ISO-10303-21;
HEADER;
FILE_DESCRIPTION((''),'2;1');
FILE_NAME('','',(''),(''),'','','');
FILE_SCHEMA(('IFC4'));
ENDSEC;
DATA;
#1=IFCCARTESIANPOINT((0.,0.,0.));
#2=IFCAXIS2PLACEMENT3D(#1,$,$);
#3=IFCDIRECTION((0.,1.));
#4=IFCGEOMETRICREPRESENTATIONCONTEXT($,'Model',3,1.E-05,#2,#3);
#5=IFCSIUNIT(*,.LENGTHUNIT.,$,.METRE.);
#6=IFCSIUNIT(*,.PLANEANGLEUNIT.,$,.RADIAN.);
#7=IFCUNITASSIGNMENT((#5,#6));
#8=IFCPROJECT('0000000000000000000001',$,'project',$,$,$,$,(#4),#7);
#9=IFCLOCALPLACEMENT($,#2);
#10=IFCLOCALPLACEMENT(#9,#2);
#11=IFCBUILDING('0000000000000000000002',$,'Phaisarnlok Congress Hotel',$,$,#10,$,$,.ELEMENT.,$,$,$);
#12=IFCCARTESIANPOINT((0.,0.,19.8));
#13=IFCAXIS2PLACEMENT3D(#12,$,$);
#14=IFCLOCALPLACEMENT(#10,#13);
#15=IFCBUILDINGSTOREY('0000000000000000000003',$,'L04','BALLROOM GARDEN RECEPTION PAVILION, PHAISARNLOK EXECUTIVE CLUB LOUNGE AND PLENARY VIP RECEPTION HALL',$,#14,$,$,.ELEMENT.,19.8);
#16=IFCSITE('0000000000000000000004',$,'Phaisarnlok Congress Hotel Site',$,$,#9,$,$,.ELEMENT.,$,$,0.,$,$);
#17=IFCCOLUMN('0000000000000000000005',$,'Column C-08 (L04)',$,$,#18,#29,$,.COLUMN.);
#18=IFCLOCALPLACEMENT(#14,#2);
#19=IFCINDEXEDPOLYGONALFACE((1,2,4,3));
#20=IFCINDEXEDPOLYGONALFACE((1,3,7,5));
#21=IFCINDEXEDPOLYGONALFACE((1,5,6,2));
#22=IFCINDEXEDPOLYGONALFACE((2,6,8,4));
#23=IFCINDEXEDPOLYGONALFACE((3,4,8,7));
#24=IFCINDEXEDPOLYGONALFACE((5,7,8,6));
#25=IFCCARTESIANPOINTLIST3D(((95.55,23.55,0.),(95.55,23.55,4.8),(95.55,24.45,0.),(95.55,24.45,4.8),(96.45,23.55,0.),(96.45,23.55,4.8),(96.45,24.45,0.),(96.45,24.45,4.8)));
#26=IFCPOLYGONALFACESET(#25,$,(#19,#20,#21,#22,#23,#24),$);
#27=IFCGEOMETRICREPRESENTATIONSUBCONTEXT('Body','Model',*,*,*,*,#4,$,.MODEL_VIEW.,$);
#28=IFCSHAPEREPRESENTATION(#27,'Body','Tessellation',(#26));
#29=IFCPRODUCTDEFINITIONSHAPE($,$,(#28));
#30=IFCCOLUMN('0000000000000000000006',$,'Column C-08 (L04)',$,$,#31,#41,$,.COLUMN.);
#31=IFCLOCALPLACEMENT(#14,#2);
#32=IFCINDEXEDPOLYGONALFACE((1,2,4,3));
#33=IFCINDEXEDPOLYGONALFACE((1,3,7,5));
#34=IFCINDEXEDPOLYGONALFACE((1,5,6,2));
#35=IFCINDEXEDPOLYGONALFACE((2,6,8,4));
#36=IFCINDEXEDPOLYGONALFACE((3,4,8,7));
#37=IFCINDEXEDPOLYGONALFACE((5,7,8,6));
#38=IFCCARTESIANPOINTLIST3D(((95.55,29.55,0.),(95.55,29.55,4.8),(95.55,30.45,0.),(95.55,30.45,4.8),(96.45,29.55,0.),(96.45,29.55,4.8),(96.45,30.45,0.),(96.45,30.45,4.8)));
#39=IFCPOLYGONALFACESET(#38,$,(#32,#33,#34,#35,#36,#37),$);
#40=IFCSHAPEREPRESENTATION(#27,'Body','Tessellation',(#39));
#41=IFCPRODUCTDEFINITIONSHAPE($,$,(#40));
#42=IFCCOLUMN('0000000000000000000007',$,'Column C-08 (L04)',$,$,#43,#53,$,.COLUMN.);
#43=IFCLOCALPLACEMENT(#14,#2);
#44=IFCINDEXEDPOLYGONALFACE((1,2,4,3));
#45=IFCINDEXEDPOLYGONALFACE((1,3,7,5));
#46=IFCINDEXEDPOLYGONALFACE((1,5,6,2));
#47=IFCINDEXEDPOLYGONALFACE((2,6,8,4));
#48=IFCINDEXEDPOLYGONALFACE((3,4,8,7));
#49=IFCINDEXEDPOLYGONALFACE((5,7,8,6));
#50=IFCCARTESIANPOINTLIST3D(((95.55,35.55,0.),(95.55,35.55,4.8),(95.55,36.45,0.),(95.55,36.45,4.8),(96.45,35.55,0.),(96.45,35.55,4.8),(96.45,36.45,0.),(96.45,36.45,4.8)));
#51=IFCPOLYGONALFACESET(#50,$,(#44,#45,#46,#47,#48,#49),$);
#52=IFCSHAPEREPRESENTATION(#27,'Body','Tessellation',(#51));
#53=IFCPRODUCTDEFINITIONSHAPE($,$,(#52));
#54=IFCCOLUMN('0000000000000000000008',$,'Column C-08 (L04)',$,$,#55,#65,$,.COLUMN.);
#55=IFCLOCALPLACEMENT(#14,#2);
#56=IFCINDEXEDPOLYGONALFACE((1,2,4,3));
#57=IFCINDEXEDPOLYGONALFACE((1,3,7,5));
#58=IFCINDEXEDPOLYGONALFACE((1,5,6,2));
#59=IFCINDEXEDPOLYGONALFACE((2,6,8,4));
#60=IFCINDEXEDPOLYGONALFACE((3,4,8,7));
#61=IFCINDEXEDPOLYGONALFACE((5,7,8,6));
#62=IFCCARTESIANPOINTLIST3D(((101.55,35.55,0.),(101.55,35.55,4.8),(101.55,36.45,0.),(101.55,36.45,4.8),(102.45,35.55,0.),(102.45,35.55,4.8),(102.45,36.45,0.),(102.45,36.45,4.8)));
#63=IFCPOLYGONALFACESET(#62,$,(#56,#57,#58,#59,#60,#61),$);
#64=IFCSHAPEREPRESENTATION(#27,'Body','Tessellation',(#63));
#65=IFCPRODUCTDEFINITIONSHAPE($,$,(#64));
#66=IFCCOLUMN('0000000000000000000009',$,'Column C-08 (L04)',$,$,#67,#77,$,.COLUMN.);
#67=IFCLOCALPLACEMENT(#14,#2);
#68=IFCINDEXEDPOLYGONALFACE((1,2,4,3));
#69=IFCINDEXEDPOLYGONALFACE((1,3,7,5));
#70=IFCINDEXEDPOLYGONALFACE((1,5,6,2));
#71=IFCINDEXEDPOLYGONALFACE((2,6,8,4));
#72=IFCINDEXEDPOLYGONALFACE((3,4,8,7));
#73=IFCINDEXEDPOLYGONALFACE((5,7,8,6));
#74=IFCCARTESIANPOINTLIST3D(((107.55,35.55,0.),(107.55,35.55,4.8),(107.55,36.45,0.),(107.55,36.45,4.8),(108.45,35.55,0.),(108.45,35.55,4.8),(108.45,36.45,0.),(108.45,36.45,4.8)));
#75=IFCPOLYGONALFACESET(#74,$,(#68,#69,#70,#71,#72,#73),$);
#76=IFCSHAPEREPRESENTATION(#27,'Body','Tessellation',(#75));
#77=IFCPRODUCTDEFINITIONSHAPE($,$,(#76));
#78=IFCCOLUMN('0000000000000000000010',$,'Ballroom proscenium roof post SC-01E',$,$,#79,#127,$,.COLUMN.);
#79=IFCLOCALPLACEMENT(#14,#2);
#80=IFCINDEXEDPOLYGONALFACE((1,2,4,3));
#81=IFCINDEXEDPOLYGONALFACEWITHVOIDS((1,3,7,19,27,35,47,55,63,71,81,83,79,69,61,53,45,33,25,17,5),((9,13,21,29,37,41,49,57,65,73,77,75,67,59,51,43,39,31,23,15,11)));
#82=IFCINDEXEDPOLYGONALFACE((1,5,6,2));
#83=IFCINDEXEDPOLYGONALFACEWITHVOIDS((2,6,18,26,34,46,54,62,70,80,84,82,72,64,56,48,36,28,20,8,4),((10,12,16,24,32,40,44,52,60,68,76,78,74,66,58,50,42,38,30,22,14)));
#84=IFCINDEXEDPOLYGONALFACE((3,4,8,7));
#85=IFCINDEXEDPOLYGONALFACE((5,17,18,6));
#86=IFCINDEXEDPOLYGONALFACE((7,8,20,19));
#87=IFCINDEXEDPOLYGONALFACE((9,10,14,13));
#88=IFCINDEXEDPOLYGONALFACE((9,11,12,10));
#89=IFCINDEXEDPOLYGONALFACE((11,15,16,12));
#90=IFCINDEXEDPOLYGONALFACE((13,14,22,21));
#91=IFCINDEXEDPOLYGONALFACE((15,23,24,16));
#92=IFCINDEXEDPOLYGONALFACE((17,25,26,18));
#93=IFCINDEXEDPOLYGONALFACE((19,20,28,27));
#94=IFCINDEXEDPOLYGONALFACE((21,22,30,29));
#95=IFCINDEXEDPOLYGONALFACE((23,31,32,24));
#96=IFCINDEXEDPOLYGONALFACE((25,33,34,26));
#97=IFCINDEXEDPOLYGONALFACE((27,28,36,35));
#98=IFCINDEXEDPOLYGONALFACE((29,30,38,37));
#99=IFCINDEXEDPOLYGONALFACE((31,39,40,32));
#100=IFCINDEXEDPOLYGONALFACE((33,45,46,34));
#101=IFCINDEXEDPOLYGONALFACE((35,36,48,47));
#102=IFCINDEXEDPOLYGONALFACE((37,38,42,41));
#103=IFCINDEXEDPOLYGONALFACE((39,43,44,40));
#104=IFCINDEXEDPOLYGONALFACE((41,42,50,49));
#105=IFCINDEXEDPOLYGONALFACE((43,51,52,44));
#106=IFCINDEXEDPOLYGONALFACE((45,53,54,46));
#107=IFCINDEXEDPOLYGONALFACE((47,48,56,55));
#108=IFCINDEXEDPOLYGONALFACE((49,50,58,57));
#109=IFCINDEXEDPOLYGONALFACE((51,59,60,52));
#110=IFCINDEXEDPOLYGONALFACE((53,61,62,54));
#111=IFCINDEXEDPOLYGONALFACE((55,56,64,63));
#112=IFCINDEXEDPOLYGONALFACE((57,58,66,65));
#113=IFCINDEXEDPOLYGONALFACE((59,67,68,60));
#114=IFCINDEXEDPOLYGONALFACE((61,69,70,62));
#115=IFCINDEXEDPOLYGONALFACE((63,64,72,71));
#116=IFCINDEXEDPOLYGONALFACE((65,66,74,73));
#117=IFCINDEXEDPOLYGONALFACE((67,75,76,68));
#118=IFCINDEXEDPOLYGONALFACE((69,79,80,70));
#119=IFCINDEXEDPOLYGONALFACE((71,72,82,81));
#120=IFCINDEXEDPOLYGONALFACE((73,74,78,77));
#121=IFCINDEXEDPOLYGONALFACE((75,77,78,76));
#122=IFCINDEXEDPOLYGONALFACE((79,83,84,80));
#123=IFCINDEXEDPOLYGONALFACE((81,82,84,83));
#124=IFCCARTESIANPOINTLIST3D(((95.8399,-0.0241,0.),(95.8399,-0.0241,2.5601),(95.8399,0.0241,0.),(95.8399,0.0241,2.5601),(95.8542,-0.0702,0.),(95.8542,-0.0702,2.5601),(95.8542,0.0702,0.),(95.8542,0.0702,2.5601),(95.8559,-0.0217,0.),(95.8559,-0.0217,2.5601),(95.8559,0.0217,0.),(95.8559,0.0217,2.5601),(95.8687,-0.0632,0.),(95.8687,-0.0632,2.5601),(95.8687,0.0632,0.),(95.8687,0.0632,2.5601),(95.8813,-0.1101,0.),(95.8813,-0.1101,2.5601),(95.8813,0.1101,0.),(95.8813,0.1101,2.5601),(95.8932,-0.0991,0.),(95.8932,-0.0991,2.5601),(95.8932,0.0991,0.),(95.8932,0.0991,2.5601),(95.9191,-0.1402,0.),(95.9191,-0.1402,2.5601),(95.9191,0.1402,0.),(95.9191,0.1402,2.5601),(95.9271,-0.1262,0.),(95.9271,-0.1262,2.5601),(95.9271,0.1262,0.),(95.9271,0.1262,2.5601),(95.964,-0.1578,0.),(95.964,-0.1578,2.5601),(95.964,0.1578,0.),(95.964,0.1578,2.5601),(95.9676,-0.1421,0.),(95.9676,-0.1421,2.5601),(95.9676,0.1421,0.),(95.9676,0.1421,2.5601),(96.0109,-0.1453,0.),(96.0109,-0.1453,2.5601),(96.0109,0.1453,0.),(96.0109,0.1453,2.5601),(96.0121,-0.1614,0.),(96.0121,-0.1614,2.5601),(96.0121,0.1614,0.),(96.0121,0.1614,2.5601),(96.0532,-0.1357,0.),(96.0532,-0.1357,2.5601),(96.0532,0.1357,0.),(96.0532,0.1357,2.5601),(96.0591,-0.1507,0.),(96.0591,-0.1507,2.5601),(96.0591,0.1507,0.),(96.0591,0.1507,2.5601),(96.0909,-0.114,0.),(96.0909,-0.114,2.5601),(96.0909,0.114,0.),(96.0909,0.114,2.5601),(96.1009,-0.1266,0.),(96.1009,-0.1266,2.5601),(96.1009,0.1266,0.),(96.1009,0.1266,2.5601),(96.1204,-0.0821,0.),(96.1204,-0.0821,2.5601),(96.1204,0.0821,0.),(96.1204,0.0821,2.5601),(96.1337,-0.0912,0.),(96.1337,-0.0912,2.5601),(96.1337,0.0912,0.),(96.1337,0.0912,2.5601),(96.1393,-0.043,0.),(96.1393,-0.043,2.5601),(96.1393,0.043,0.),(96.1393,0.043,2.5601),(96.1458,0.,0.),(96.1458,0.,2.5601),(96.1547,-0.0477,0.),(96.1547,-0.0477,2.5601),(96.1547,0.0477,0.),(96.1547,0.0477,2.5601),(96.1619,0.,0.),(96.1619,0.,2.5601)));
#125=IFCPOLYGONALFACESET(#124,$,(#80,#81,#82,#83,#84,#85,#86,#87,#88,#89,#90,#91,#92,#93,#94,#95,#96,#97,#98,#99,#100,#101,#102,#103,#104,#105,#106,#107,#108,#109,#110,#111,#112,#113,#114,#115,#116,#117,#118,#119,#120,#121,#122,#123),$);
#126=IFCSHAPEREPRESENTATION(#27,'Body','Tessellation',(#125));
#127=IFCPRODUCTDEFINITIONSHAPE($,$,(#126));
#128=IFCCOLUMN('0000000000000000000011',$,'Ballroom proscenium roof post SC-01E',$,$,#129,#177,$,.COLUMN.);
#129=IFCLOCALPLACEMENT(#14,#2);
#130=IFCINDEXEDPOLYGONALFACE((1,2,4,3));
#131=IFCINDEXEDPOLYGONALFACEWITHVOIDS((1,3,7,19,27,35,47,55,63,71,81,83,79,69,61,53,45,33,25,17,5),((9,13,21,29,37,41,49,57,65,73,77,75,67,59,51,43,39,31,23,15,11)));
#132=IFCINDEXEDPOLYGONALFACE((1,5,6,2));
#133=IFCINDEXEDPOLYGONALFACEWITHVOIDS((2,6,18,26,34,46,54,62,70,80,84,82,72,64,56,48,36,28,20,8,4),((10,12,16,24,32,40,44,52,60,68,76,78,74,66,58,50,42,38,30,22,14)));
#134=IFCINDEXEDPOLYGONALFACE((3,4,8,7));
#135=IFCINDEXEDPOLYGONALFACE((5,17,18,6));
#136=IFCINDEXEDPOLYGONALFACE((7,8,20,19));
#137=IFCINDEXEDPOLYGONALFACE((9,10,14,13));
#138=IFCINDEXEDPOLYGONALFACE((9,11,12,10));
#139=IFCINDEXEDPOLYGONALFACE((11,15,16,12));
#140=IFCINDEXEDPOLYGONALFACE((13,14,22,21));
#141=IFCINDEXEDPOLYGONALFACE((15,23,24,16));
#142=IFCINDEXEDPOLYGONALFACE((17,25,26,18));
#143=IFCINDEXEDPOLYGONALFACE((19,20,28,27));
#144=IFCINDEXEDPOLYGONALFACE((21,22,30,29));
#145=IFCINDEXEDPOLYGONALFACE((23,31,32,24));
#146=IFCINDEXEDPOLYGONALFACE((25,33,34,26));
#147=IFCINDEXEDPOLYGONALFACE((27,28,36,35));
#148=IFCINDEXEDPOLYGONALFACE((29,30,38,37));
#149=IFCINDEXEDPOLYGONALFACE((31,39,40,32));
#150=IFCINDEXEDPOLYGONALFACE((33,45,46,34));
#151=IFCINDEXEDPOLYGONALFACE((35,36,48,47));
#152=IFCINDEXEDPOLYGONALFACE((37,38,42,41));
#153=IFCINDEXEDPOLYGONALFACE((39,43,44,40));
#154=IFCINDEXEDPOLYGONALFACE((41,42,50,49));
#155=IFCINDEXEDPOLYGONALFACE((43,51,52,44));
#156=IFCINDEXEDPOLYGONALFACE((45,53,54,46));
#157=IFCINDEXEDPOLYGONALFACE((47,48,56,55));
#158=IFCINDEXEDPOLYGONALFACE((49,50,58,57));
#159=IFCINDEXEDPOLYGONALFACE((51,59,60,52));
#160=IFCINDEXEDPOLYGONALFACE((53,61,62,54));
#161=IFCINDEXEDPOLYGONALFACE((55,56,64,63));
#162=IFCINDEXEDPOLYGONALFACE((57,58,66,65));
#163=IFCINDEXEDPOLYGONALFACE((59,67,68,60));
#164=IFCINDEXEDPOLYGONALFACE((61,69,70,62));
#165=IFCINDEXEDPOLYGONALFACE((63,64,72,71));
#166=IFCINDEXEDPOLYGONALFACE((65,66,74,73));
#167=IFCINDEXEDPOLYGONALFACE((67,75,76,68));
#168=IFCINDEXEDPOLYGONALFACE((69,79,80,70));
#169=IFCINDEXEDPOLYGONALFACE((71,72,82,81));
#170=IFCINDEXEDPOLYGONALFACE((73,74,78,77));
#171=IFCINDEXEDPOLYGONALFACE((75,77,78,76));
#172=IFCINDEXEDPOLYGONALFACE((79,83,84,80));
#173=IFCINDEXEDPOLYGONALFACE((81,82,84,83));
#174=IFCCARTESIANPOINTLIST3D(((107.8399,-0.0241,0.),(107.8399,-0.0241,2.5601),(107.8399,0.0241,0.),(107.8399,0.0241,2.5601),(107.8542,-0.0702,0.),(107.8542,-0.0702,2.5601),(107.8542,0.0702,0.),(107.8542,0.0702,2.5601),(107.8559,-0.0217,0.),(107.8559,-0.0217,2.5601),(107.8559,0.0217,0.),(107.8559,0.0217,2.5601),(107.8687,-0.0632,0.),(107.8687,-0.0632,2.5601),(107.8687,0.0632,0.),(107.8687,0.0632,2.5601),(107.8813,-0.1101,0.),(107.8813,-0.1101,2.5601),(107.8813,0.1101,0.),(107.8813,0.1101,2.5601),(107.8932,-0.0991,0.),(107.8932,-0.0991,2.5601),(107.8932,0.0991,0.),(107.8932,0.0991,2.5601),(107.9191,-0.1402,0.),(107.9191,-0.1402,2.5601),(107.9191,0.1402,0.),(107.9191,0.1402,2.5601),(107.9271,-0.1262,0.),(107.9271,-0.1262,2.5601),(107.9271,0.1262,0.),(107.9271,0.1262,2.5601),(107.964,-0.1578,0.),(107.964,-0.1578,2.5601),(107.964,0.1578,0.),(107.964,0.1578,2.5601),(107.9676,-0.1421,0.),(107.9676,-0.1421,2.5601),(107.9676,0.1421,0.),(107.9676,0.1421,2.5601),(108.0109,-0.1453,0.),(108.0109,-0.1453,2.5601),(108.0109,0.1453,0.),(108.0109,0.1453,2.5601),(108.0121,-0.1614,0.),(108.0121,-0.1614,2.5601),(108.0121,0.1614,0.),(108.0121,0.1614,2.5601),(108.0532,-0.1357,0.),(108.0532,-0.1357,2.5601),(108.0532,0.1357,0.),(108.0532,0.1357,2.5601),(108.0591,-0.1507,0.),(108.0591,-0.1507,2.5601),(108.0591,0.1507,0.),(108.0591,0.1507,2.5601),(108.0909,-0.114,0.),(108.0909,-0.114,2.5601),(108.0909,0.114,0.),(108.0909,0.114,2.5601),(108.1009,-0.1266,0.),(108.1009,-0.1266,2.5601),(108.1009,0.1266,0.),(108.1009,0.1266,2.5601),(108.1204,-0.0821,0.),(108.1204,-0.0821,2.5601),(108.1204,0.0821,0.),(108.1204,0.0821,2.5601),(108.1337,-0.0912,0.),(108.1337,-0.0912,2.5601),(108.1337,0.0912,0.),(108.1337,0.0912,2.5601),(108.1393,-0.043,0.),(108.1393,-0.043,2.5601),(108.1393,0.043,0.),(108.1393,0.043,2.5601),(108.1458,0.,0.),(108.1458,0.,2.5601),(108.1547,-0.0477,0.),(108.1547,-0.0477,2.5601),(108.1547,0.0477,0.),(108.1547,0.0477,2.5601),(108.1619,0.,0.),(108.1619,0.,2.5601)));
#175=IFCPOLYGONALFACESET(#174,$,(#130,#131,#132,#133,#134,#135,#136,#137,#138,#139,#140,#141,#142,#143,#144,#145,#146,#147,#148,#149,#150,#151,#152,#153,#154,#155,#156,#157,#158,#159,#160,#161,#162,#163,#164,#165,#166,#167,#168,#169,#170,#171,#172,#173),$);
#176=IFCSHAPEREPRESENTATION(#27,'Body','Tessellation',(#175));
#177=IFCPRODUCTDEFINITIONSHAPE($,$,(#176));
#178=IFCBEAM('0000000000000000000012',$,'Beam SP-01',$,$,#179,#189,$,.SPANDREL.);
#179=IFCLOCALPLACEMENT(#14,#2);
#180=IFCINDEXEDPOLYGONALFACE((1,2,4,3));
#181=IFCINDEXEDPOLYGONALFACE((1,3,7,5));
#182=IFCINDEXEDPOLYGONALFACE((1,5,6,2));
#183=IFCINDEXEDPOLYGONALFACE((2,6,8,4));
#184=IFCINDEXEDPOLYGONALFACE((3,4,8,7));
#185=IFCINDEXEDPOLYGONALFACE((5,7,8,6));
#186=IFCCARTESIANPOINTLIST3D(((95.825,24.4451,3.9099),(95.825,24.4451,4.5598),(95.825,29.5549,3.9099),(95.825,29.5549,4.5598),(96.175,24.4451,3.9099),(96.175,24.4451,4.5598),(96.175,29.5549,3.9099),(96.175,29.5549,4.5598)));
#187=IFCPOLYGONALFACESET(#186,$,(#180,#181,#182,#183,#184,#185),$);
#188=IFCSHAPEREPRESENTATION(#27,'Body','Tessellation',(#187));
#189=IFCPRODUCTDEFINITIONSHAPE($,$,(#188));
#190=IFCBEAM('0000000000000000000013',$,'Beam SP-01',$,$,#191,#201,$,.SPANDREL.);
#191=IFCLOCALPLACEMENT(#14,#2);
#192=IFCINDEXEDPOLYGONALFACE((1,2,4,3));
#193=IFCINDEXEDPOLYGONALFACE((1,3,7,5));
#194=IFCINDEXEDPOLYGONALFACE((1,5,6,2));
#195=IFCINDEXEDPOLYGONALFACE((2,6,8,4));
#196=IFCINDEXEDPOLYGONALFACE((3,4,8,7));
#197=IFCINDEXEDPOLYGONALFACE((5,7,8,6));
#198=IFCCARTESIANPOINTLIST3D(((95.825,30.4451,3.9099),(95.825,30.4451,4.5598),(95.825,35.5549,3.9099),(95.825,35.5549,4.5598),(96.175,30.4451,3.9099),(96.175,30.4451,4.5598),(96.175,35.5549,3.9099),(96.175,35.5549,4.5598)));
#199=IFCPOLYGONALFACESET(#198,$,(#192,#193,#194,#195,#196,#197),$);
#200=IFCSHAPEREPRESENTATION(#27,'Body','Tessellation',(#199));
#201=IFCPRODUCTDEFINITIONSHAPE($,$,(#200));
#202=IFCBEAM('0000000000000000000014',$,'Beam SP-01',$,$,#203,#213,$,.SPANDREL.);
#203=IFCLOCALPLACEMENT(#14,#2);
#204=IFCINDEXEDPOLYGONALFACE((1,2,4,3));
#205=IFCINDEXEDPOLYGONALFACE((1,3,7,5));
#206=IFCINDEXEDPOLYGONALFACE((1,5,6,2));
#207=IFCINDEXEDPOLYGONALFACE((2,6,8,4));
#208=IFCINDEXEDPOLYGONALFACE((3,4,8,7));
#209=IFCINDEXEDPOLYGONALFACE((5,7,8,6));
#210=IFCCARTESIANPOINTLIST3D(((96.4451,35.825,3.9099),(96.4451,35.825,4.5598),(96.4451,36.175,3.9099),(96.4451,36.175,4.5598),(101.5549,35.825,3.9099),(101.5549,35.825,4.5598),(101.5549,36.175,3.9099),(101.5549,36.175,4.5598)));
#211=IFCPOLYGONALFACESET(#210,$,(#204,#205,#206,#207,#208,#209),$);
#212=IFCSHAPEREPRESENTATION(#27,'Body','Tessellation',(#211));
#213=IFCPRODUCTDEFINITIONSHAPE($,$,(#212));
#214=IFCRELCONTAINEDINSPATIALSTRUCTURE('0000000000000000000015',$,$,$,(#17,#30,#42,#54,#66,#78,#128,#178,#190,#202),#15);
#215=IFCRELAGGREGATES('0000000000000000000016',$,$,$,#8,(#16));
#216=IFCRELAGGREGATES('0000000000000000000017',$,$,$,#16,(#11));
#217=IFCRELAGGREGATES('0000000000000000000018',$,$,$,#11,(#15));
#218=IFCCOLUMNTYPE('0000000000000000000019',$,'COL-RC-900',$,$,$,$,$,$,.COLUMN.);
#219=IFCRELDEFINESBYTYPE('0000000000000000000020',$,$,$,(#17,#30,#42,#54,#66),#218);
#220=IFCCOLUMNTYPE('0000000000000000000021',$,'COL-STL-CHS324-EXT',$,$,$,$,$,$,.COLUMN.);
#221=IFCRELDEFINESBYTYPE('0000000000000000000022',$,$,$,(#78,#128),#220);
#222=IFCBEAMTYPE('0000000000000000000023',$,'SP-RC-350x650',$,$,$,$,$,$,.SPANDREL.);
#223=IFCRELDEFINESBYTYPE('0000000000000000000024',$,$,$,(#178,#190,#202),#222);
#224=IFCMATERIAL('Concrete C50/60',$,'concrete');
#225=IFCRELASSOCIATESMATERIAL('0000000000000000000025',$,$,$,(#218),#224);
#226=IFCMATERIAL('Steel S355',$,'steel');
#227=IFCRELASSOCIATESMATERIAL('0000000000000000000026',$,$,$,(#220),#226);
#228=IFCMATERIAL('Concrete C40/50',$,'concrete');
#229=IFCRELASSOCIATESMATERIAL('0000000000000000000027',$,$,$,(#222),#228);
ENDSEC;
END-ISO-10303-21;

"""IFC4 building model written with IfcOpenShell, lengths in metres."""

from ifc_helpers import new_model, si_unit, direction, frame, origin, origin_2d, place, context, subcontext, project, spatial, rectangle, hollow_circle, extrude, material, material_profile, profile_set, type_object, element, save


model = new_model("IFC4")

# Units and contexts
model_context = context("Model", 3, precision=1e-05, world=origin(), true_north=direction((0.0, 1.0)))
body_context = subcontext(model_context, "Body", "Model", "MODEL_VIEW")
ifc_project = project(units=[si_unit("LENGTHUNIT", "METRE"), si_unit("PLANEANGLEUNIT", "RADIAN")], contexts=[model_context])

# Site, building, storey
site_placement = place(None, origin())
site = spatial("IfcSite", under=ifc_project, at=site_placement, Name="Phaisarnlok Congress Hotel Site", CompositionType="ELEMENT", RefElevation=0.0)
building_placement = place(site_placement, origin())
building = spatial("IfcBuilding", under=site, at=building_placement, Name="Phaisarnlok Congress Hotel", CompositionType="ELEMENT")
storey_placement = place(building_placement, frame((0.0, 0.0, 19.8)))
storey = spatial("IfcBuildingStorey", under=building, at=storey_placement, Name="L04", Description="BALLROOM GARDEN RECEPTION PAVILION, PHAISARNLOK EXECUTIVE CLUB LOUNGE AND PLENARY VIP RECEPTION HALL", CompositionType="ELEMENT", Elevation=19.8)

# Columns
ifc_material_1 = material(Name="Concrete C50/60", Category="concrete")
ifc_material_profile_1 = material_profile(ifc_material_1, rectangle(XDim=0.8999, YDim=0.8999, at=origin_2d()), Name="RC 900x900")
ifc_profile_set_1 = profile_set([ifc_material_profile_1], Name="Concrete C50/60")
column_type_1 = type_object("IfcColumnType", Name="COL-RC-900", PredefinedType="COLUMN", material=ifc_profile_set_1)
for number, where, z_axis, x_axis, name in (
    (1, (96.0, 24.0, 0.0), (0.0, 0.0, 1.0), (1.0, 0.0, 0.0), "Column C-08 (L04)"),
    (2, (96.0, 30.0, 0.0), (0.0, 0.0, 1.0), (1.0, 0.0, 0.0), "Column C-08 (L04)"),
    (3, (96.0, 36.0, 0.0), (0.0, 0.0, 1.0), (1.0, 0.0, 0.0), "Column C-08 (L04)"),
    (4, (102.0, 36.0, 0.0), (0.0, 0.0, 1.0), (1.0, 0.0, 0.0), "Column C-08 (L04)"),
    (5, (108.0, 36.0, 0.0), (0.0, 0.0, 1.0), (1.0, 0.0, 0.0), "Column C-08 (L04)"),
):
    element("IfcColumn", number, at=place(storey_placement, frame(where, z_axis=z_axis, x_axis=x_axis)), inside=storey, type_object=column_type_1, Name=name, PredefinedType="COLUMN", context=body_context, shape_type="SweptSolid", body=[
        extrude(rectangle(XDim=0.8999, YDim=0.8999, at=origin_2d()), origin(), (0.0, 0.0, 1.0), 4.8),
    ])
ifc_material_2 = material(Name="Steel S355", Category="steel")
ifc_material_profile_2 = material_profile(ifc_material_2, hollow_circle(Radius=0.1619, WallThickness=0.0161, at=origin_2d()), Name="CHS 323.9x16")
ifc_profile_set_2 = profile_set([ifc_material_profile_2], Name="Steel S355")
column_type_2 = type_object("IfcColumnType", Name="COL-STL-CHS324-EXT", PredefinedType="COLUMN", material=ifc_profile_set_2)
for number, where, z_axis, x_axis, name in (
    (6, (96.0, 0.0, 0.0), (0.0, 0.0, 1.0), (1.0, 0.0, 0.0), "Ballroom proscenium roof post SC-01E"),
    (7, (108.0, 0.0, 0.0), (0.0, 0.0, 1.0), (1.0, 0.0, 0.0), "Ballroom proscenium roof post SC-01E"),
):
    element("IfcColumn", number, at=place(storey_placement, frame(where, z_axis=z_axis, x_axis=x_axis)), inside=storey, type_object=column_type_2, Name=name, PredefinedType="COLUMN", context=body_context, shape_type="SweptSolid", body=[
        extrude(hollow_circle(Radius=0.1619, WallThickness=0.0161, at=origin_2d()), origin(), (0.0, 0.0, 1.0), 2.5601),
    ])

# Beams
ifc_material_3 = material(Name="Concrete C40/50", Category="concrete")
ifc_material_profile_3 = material_profile(ifc_material_3, rectangle(XDim=0.3501, YDim=0.6499, at=origin_2d()), Name="RC 350x650")
ifc_profile_set_3 = profile_set([ifc_material_profile_3], Name="Concrete C40/50")
beam_type = type_object("IfcBeamType", Name="SP-RC-350x650", PredefinedType="SPANDREL", material=ifc_profile_set_3)
for number, where, z_axis, x_axis, name in (
    (8, (96.0, 24.4451, 4.2349), (0.0, 1.0, 0.0), (-1.0, 0.0, 0.0), "Beam SP-01"),
    (9, (96.0, 30.4451, 4.2349), (0.0, 1.0, 0.0), (-1.0, 0.0, 0.0), "Beam SP-01"),
    (10, (96.4451, 36.0, 4.2349), (1.0, 0.0, 0.0), (0.0, 1.0, 0.0), "Beam SP-01"),
):
    element("IfcBeam", number, at=place(storey_placement, frame(where, z_axis=z_axis, x_axis=x_axis)), inside=storey, type_object=beam_type, Name=name, PredefinedType="SPANDREL", context=body_context, shape_type="SweptSolid", body=[
        extrude(rectangle(XDim=0.3501, YDim=0.6499, at=origin_2d()), origin(), (0.0, 0.0, 1.0), 5.1099),
    ])

save(model, "model.ifc")
